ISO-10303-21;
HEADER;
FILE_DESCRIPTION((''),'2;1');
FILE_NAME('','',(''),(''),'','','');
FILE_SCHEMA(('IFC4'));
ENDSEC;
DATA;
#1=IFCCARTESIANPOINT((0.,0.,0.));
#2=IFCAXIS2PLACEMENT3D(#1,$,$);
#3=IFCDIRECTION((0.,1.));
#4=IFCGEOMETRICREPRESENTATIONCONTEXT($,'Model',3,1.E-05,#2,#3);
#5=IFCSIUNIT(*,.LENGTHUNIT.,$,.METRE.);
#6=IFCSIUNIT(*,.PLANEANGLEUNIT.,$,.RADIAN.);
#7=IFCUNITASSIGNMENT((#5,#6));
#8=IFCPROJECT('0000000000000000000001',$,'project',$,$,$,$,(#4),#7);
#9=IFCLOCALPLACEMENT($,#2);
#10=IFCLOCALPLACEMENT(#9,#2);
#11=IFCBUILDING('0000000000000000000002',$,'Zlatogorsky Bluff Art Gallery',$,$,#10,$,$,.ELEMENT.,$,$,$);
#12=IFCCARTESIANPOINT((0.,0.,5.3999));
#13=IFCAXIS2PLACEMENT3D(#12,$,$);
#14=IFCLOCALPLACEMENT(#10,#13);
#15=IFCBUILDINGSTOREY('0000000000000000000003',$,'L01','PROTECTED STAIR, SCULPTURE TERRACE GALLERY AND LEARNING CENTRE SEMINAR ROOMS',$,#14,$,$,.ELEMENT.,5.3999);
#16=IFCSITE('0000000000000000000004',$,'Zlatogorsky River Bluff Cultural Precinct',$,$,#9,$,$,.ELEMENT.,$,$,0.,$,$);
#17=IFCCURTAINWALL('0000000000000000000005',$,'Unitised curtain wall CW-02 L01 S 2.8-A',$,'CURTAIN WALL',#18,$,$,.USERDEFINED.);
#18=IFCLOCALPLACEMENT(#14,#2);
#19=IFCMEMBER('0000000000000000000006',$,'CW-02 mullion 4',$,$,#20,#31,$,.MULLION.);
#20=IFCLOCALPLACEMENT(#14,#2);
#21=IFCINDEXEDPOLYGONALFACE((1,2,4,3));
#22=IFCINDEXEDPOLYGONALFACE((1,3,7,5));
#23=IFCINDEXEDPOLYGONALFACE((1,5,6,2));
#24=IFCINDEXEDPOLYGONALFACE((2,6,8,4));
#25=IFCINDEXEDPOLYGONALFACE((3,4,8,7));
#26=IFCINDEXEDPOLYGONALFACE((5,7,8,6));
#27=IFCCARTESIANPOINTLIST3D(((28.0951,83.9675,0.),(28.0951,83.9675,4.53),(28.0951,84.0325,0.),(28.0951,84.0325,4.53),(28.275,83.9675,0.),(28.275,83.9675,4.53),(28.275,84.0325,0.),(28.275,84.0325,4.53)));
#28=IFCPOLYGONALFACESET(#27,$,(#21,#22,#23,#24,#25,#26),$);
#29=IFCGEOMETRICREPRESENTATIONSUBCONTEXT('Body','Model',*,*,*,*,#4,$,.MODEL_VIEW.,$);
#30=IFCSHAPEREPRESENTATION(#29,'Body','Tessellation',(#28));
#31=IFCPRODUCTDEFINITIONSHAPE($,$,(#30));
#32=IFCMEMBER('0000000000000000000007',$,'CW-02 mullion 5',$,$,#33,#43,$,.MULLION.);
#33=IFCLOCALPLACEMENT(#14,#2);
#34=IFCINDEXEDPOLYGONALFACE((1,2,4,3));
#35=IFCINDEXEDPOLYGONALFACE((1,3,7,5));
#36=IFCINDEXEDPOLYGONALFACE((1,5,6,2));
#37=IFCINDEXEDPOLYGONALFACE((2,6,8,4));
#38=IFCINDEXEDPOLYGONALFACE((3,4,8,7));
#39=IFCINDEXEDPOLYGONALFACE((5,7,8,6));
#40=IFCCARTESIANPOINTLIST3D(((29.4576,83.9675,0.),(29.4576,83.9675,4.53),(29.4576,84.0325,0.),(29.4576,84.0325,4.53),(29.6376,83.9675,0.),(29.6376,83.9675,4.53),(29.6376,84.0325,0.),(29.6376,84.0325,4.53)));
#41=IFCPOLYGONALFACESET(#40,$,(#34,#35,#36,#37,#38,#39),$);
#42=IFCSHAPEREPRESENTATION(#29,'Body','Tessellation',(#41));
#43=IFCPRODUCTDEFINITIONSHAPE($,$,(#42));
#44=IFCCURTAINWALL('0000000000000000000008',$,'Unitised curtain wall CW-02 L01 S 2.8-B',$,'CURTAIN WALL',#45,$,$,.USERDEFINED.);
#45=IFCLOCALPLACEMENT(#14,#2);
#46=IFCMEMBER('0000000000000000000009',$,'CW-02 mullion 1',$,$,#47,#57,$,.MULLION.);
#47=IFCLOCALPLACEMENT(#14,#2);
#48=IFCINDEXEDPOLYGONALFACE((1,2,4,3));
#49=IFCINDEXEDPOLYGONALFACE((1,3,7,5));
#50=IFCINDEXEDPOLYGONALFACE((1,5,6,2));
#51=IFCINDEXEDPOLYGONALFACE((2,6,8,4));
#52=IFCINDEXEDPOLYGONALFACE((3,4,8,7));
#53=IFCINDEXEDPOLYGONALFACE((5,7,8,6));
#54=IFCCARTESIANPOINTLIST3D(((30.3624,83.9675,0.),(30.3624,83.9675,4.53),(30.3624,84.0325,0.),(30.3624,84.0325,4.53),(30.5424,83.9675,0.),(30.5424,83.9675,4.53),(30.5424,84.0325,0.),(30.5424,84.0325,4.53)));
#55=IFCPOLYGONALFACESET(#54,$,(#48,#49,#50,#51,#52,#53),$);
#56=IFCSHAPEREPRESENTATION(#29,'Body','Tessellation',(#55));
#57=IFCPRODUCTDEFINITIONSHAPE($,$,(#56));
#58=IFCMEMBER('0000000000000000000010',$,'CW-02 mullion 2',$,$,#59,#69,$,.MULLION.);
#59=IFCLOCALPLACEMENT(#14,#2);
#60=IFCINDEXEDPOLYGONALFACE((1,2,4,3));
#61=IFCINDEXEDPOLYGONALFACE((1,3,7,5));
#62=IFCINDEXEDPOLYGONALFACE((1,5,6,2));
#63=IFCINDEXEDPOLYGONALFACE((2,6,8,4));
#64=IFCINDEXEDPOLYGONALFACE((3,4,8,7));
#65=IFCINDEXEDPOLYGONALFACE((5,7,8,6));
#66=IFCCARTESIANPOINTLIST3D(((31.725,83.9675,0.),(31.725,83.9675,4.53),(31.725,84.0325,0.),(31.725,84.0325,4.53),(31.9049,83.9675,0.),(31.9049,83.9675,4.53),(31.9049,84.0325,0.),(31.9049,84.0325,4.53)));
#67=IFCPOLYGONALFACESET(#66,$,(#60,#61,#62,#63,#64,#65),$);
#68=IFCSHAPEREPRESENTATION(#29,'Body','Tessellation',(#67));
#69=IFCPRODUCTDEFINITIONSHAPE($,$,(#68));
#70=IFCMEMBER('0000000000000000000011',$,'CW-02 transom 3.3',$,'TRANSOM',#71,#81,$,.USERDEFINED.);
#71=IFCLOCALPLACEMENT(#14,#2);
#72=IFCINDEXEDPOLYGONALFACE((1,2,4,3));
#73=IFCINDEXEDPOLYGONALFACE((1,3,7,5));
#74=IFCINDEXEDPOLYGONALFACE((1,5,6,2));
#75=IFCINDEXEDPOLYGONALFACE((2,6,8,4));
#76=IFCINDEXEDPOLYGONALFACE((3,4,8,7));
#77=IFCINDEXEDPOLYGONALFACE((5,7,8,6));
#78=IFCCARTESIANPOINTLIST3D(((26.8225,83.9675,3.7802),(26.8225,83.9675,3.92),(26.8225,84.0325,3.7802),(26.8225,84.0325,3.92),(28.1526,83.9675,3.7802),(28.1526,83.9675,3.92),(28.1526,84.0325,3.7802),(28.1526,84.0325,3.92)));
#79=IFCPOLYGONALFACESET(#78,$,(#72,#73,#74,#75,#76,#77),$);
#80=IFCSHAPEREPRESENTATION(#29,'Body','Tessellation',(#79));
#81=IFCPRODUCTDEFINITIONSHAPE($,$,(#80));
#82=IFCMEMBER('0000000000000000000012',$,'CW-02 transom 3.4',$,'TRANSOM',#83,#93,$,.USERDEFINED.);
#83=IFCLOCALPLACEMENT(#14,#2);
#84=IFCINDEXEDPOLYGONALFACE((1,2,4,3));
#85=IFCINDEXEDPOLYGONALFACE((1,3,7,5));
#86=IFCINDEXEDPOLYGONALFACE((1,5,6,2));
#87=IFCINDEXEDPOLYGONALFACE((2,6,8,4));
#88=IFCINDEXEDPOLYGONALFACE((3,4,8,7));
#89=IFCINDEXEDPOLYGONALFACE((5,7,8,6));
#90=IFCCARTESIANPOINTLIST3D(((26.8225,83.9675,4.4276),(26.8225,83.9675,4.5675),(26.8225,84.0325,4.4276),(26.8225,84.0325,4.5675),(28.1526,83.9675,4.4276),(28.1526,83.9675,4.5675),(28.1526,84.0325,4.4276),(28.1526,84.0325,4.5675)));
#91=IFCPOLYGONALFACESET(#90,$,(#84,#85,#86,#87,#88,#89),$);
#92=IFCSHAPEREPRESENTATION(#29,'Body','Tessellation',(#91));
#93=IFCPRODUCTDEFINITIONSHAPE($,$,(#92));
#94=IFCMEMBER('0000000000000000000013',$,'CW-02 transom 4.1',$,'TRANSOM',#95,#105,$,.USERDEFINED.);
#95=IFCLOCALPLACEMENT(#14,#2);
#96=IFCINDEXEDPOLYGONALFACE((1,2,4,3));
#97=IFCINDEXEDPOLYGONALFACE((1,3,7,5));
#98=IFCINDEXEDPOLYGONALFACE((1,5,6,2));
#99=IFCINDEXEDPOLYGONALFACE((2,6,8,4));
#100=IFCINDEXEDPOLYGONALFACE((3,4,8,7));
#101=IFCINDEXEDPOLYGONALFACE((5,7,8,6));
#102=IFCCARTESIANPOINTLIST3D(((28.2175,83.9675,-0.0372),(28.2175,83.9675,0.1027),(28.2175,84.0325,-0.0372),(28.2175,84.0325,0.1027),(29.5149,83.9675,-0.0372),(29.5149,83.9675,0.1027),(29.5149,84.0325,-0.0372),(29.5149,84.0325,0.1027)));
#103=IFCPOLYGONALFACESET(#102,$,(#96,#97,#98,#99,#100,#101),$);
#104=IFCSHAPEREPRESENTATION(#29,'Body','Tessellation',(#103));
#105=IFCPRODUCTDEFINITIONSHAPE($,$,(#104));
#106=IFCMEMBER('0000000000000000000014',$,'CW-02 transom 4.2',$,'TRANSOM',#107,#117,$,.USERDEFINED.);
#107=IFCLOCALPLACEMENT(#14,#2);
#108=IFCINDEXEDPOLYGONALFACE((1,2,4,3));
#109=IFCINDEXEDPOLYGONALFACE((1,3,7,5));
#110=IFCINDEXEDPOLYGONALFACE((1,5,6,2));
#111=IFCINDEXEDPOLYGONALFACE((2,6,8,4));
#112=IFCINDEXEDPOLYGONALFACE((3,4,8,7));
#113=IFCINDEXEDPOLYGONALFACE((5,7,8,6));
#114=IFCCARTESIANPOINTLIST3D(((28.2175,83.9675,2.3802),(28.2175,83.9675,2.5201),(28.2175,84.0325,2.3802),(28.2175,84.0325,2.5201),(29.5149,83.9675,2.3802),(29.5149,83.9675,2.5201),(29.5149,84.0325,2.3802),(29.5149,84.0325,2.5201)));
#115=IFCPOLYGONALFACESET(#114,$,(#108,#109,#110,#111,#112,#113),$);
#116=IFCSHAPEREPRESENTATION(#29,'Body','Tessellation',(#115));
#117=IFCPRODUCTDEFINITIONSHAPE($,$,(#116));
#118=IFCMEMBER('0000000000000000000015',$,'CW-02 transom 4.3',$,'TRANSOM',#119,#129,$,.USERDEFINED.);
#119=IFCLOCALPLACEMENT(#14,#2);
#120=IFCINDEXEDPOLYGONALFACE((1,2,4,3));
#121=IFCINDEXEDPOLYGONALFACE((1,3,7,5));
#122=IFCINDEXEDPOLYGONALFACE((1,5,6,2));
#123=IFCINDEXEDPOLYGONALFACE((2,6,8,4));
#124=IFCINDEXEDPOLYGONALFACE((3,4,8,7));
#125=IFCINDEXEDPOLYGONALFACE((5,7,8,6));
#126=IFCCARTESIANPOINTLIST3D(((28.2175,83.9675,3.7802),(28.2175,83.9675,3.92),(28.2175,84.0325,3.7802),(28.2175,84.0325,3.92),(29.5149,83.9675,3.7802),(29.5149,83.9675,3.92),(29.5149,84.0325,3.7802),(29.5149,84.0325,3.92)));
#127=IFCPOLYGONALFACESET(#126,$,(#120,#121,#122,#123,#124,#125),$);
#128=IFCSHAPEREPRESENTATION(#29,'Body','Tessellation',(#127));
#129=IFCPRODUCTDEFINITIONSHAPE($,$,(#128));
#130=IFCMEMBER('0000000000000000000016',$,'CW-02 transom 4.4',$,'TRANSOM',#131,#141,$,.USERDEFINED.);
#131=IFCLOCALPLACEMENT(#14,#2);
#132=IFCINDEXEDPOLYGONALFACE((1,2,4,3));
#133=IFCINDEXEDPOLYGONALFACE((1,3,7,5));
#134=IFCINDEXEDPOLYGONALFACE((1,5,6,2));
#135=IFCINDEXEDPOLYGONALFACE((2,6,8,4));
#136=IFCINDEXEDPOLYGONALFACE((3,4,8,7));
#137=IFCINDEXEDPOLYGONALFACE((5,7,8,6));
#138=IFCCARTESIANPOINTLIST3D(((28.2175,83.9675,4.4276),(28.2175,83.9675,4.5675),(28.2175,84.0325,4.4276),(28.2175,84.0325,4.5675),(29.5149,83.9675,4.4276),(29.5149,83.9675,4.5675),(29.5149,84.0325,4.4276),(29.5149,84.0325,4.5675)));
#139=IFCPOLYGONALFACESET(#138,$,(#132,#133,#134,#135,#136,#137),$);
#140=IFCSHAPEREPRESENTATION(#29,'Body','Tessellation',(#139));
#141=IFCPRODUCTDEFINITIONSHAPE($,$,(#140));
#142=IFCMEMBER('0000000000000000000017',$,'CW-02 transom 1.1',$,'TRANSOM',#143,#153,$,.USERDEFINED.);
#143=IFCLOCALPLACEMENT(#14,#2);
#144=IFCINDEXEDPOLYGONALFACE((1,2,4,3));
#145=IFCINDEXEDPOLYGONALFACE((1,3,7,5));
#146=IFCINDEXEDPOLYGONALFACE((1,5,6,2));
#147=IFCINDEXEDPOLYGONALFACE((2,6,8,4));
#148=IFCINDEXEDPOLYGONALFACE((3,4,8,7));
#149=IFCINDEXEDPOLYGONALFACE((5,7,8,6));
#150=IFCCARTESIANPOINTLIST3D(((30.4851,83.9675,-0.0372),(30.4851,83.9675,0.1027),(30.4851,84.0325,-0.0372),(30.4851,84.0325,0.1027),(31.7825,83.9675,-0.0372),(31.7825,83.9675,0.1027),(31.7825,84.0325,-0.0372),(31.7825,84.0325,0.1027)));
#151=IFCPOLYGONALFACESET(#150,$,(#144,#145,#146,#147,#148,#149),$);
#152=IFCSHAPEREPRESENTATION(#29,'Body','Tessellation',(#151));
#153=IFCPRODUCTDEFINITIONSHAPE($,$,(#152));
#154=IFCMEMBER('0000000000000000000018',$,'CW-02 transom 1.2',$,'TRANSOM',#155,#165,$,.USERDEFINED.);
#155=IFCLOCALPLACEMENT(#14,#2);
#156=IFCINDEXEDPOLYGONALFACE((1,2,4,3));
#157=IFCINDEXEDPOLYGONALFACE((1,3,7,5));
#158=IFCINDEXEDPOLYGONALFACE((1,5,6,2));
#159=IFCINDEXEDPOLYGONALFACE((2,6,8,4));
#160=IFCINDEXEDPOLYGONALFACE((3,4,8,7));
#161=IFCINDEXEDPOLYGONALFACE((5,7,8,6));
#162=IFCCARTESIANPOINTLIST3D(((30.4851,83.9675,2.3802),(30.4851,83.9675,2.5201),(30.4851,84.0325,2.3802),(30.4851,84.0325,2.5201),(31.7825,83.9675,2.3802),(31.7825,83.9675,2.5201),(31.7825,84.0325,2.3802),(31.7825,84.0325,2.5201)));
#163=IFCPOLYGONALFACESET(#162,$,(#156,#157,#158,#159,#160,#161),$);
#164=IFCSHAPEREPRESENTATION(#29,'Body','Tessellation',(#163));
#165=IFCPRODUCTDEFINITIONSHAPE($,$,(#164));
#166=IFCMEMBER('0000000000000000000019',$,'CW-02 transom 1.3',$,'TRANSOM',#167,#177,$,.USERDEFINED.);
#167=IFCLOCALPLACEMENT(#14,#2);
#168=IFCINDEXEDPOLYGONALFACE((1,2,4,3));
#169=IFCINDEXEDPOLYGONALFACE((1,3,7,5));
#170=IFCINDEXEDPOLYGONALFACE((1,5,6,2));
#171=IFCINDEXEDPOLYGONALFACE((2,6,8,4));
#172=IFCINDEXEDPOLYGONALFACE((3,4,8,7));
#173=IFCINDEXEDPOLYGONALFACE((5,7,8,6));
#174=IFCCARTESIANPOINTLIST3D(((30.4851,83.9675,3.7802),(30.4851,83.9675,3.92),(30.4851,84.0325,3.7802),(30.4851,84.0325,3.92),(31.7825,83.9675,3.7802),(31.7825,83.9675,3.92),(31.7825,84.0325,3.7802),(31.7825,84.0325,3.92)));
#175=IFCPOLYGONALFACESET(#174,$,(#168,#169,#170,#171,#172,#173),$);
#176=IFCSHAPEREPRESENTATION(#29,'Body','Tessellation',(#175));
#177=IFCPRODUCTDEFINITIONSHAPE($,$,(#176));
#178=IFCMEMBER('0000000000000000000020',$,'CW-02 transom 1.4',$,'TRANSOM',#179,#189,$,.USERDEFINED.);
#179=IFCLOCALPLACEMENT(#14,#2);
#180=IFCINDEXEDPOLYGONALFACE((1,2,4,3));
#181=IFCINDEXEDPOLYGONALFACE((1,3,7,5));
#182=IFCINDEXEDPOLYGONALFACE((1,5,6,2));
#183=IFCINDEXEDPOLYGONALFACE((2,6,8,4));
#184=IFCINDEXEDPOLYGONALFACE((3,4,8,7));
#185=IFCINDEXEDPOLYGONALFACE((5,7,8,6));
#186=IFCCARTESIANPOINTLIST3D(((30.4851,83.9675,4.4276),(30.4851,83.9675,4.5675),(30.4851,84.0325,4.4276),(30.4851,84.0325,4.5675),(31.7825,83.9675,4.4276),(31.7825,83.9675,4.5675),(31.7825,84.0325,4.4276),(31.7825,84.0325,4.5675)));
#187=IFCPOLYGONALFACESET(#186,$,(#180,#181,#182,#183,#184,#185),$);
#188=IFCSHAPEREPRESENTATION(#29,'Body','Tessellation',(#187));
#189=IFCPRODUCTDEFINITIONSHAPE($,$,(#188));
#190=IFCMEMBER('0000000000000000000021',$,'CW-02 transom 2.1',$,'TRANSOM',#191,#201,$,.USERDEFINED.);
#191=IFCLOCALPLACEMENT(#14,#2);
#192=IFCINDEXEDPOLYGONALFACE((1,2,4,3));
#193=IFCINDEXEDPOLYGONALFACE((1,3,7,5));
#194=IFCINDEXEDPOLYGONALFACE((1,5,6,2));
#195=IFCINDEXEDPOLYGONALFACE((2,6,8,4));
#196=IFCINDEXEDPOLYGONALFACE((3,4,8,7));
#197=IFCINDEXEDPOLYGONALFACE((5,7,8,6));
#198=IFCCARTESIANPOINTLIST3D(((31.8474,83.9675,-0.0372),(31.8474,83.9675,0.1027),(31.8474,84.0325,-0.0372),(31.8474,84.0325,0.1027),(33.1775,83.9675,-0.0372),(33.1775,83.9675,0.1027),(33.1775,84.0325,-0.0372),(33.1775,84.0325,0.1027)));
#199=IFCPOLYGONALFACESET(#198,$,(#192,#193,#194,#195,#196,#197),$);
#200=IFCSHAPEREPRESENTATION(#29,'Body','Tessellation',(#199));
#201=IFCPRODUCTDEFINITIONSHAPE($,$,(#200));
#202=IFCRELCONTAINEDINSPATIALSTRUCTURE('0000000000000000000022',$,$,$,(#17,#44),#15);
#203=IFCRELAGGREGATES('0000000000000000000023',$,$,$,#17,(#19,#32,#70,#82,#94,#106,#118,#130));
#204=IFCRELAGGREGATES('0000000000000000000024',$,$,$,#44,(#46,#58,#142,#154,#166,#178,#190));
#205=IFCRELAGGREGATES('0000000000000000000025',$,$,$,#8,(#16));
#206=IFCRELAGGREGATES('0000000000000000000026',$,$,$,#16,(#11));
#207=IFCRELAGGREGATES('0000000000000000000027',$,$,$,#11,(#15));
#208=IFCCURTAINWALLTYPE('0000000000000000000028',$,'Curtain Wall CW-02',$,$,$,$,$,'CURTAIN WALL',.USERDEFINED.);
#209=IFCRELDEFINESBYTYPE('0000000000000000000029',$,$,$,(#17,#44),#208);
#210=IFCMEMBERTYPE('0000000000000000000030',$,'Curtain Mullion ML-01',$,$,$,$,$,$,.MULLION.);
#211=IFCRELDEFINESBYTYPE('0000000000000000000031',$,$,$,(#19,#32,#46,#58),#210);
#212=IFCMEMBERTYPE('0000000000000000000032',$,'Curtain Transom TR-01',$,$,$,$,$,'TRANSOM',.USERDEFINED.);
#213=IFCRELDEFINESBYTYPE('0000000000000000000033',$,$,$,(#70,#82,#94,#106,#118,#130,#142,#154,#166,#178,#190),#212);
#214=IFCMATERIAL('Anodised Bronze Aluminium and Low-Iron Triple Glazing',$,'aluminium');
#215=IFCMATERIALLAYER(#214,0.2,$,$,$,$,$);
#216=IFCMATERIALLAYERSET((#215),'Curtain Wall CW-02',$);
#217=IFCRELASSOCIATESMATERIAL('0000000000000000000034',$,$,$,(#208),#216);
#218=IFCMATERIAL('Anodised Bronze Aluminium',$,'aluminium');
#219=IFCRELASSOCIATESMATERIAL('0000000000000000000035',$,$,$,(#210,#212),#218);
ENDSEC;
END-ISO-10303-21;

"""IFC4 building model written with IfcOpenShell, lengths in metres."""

from ifc_helpers import new_model, si_unit, direction, frame, origin, origin_2d, place, context, subcontext, project, spatial, rectangle, extrude, material, layer, layer_set, material_profile, profile_set, type_object, element, aggregate, save


model = new_model("IFC4")

# Units and contexts
model_context = context("Model", 3, precision=1e-05, world=origin(), true_north=direction((0.0, 1.0)))
body_context = subcontext(model_context, "Body", "Model", "MODEL_VIEW")
ifc_project = project(units=[si_unit("LENGTHUNIT", "METRE"), si_unit("PLANEANGLEUNIT", "RADIAN")], contexts=[model_context])

# Site, building, storey
site_placement = place(None, origin())
site = spatial("IfcSite", under=ifc_project, at=site_placement, Name="Zlatogorsky River Bluff Cultural Precinct", CompositionType="ELEMENT", RefElevation=0.0)
building_placement = place(site_placement, origin())
building = spatial("IfcBuilding", under=site, at=building_placement, Name="Zlatogorsky Bluff Art Gallery", CompositionType="ELEMENT")
storey_placement = place(building_placement, frame((0.0, 0.0, 5.3999)))
storey = spatial("IfcBuildingStorey", under=building, at=storey_placement, Name="L01", Description="PROTECTED STAIR, SCULPTURE TERRACE GALLERY AND LEARNING CENTRE SEMINAR ROOMS", CompositionType="ELEMENT", Elevation=5.3999)

# Curtain walls, members
ifc_material_1 = material(Name="Anodised Bronze Aluminium and Low-Iron Triple Glazing", Category="aluminium")
ifc_layer_1 = layer(ifc_material_1, 0.2)
ifc_layer_set_1 = layer_set([ifc_layer_1], Name="Curtain Wall CW-02")
curtain_wall_type = type_object("IfcCurtainWallType", Name="Curtain Wall CW-02", ElementType="CURTAIN WALL", PredefinedType="USERDEFINED", material=ifc_layer_set_1)
curtain_wall_1_placement = place(storey_placement, origin())
curtain_wall_1 = element("IfcCurtainWall", 1, at=curtain_wall_1_placement, inside=storey, type_object=curtain_wall_type, Name="Unitised curtain wall CW-02 L01 S 2.8-A", ObjectType="CURTAIN WALL", PredefinedType="USERDEFINED")
ifc_material_2 = material(Name="Anodised Bronze Aluminium", Category="aluminium")
ifc_material_profile_1 = material_profile(ifc_material_2, rectangle(XDim=0.0649, YDim=0.1799, at=origin_2d()), Name="ALU MULLION 65x180")
ifc_profile_set_1 = profile_set([ifc_material_profile_1], Name="Anodised Bronze Aluminium")
member_type_1 = type_object("IfcMemberType", Name="Curtain Mullion ML-01", PredefinedType="MULLION", material=ifc_profile_set_1)
member_1_placement = place(storey_placement, frame((28.1851, 84.0, 0.0), z_axis=(0.0, 0.0, 1.0), x_axis=(0.0, 1.0, 0.0)))
member_1 = element("IfcMember", 2, at=member_1_placement, type_object=member_type_1, Name="CW-02 mullion 4", PredefinedType="MULLION", context=body_context, shape_type="SweptSolid", body=[
    extrude(rectangle(XDim=0.0649, YDim=0.1799, at=origin_2d()), origin(), (0.0, 0.0, 1.0), 4.53),
])
member_2_placement = place(storey_placement, frame((29.5476, 84.0, 0.0), z_axis=(0.0, 0.0, 1.0), x_axis=(0.0, 1.0, 0.0)))
member_2 = element("IfcMember", 3, at=member_2_placement, type_object=member_type_1, Name="CW-02 mullion 5", PredefinedType="MULLION", context=body_context, shape_type="SweptSolid", body=[
    extrude(rectangle(XDim=0.0649, YDim=0.1799, at=origin_2d()), origin(), (0.0, 0.0, 1.0), 4.53),
])
curtain_wall_2_placement = place(storey_placement, origin())
curtain_wall_2 = element("IfcCurtainWall", 4, at=curtain_wall_2_placement, inside=storey, type_object=curtain_wall_type, Name="Unitised curtain wall CW-02 L01 S 2.8-B", ObjectType="CURTAIN WALL", PredefinedType="USERDEFINED")
member_3_placement = place(storey_placement, frame((30.4524, 84.0, 0.0), z_axis=(0.0, 0.0, 1.0), x_axis=(0.0, 1.0, 0.0)))
member_3 = element("IfcMember", 5, at=member_3_placement, type_object=member_type_1, Name="CW-02 mullion 1", PredefinedType="MULLION", context=body_context, shape_type="SweptSolid", body=[
    extrude(rectangle(XDim=0.0649, YDim=0.1799, at=origin_2d()), origin(), (0.0, 0.0, 1.0), 4.53),
])
member_4_placement = place(storey_placement, frame((31.8149, 84.0, 0.0), z_axis=(0.0, 0.0, 1.0), x_axis=(0.0, 1.0, 0.0)))
member_4 = element("IfcMember", 6, at=member_4_placement, type_object=member_type_1, Name="CW-02 mullion 2", PredefinedType="MULLION", context=body_context, shape_type="SweptSolid", body=[
    extrude(rectangle(XDim=0.0649, YDim=0.1799, at=origin_2d()), origin(), (0.0, 0.0, 1.0), 4.53),
])

# Members
ifc_material_profile_2 = material_profile(ifc_material_2, rectangle(XDim=0.0649, YDim=0.1399, at=origin_2d()), Name="ALU TRANSOM 65x140")
ifc_profile_set_2 = profile_set([ifc_material_profile_2], Name="Anodised Bronze Aluminium")
member_type_2 = type_object("IfcMemberType", Name="Curtain Transom TR-01", ElementType="TRANSOM", PredefinedType="USERDEFINED", material=ifc_profile_set_2)
member_5_placement = place(storey_placement, frame((26.8225, 84.0, 3.8501), z_axis=(1.0, 0.0, 0.0), x_axis=(0.0, 1.0, 0.0)))
member_5 = element("IfcMember", 7, at=member_5_placement, type_object=member_type_2, Name="CW-02 transom 3.3", ObjectType="TRANSOM", PredefinedType="USERDEFINED", context=body_context, shape_type="SweptSolid", body=[
    extrude(rectangle(XDim=0.0649, YDim=0.1399, at=origin_2d()), origin(), (0.0, 0.0, 1.0), 1.3301),
])
member_6_placement = place(storey_placement, frame((26.8225, 84.0, 4.4976), z_axis=(1.0, 0.0, 0.0), x_axis=(0.0, 1.0, 0.0)))
member_6 = element("IfcMember", 8, at=member_6_placement, type_object=member_type_2, Name="CW-02 transom 3.4", ObjectType="TRANSOM", PredefinedType="USERDEFINED", context=body_context, shape_type="SweptSolid", body=[
    extrude(rectangle(XDim=0.0649, YDim=0.1399, at=origin_2d()), origin(), (0.0, 0.0, 1.0), 1.3301),
])
member_7_placement = place(storey_placement, frame((28.2175, 84.0, 0.0327), z_axis=(1.0, 0.0, 0.0), x_axis=(0.0, 1.0, 0.0)))
member_7 = element("IfcMember", 9, at=member_7_placement, type_object=member_type_2, Name="CW-02 transom 4.1", ObjectType="TRANSOM", PredefinedType="USERDEFINED", context=body_context, shape_type="SweptSolid", body=[
    extrude(rectangle(XDim=0.0649, YDim=0.1399, at=origin_2d()), origin(), (0.0, 0.0, 1.0), 1.2974),
])
member_8_placement = place(storey_placement, frame((28.2175, 84.0, 2.4502), z_axis=(1.0, 0.0, 0.0), x_axis=(0.0, 1.0, 0.0)))
member_8 = element("IfcMember", 10, at=member_8_placement, type_object=member_type_2, Name="CW-02 transom 4.2", ObjectType="TRANSOM", PredefinedType="USERDEFINED", context=body_context, shape_type="SweptSolid", body=[
    extrude(rectangle(XDim=0.0649, YDim=0.1399, at=origin_2d()), origin(), (0.0, 0.0, 1.0), 1.2974),
])
member_9_placement = place(storey_placement, frame((28.2175, 84.0, 3.8501), z_axis=(1.0, 0.0, 0.0), x_axis=(0.0, 1.0, 0.0)))
member_9 = element("IfcMember", 11, at=member_9_placement, type_object=member_type_2, Name="CW-02 transom 4.3", ObjectType="TRANSOM", PredefinedType="USERDEFINED", context=body_context, shape_type="SweptSolid", body=[
    extrude(rectangle(XDim=0.0649, YDim=0.1399, at=origin_2d()), origin(), (0.0, 0.0, 1.0), 1.2974),
])
member_10_placement = place(storey_placement, frame((28.2175, 84.0, 4.4976), z_axis=(1.0, 0.0, 0.0), x_axis=(0.0, 1.0, 0.0)))
member_10 = element("IfcMember", 12, at=member_10_placement, type_object=member_type_2, Name="CW-02 transom 4.4", ObjectType="TRANSOM", PredefinedType="USERDEFINED", context=body_context, shape_type="SweptSolid", body=[
    extrude(rectangle(XDim=0.0649, YDim=0.1399, at=origin_2d()), origin(), (0.0, 0.0, 1.0), 1.2974),
])
member_11_placement = place(storey_placement, frame((30.4851, 84.0, 0.0327), z_axis=(1.0, 0.0, 0.0), x_axis=(0.0, 1.0, 0.0)))
member_11 = element("IfcMember", 13, at=member_11_placement, type_object=member_type_2, Name="CW-02 transom 1.1", ObjectType="TRANSOM", PredefinedType="USERDEFINED", context=body_context, shape_type="SweptSolid", body=[
    extrude(rectangle(XDim=0.0649, YDim=0.1399, at=origin_2d()), origin(), (0.0, 0.0, 1.0), 1.2974),
])
member_12_placement = place(storey_placement, frame((30.4851, 84.0, 2.4502), z_axis=(1.0, 0.0, 0.0), x_axis=(0.0, 1.0, 0.0)))
member_12 = element("IfcMember", 14, at=member_12_placement, type_object=member_type_2, Name="CW-02 transom 1.2", ObjectType="TRANSOM", PredefinedType="USERDEFINED", context=body_context, shape_type="SweptSolid", body=[
    extrude(rectangle(XDim=0.0649, YDim=0.1399, at=origin_2d()), origin(), (0.0, 0.0, 1.0), 1.2974),
])
member_13_placement = place(storey_placement, frame((30.4851, 84.0, 3.8501), z_axis=(1.0, 0.0, 0.0), x_axis=(0.0, 1.0, 0.0)))
member_13 = element("IfcMember", 15, at=member_13_placement, type_object=member_type_2, Name="CW-02 transom 1.3", ObjectType="TRANSOM", PredefinedType="USERDEFINED", context=body_context, shape_type="SweptSolid", body=[
    extrude(rectangle(XDim=0.0649, YDim=0.1399, at=origin_2d()), origin(), (0.0, 0.0, 1.0), 1.2974),
])
member_14_placement = place(storey_placement, frame((30.4851, 84.0, 4.4976), z_axis=(1.0, 0.0, 0.0), x_axis=(0.0, 1.0, 0.0)))
member_14 = element("IfcMember", 16, at=member_14_placement, type_object=member_type_2, Name="CW-02 transom 1.4", ObjectType="TRANSOM", PredefinedType="USERDEFINED", context=body_context, shape_type="SweptSolid", body=[
    extrude(rectangle(XDim=0.0649, YDim=0.1399, at=origin_2d()), origin(), (0.0, 0.0, 1.0), 1.2974),
])
member_15_placement = place(storey_placement, frame((31.8474, 84.0, 0.0327), z_axis=(1.0, 0.0, 0.0), x_axis=(0.0, 1.0, 0.0)))
member_15 = element("IfcMember", 17, at=member_15_placement, type_object=member_type_2, Name="CW-02 transom 2.1", ObjectType="TRANSOM", PredefinedType="USERDEFINED", context=body_context, shape_type="SweptSolid", body=[
    extrude(rectangle(XDim=0.0649, YDim=0.1399, at=origin_2d()), origin(), (0.0, 0.0, 1.0), 1.3301),
])

aggregate(curtain_wall_1, [member_1, member_2, member_5, member_6, member_7, member_8, member_9, member_10])
aggregate(curtain_wall_2, [member_3, member_4, member_11, member_12, member_13, member_14, member_15])

save(model, "model.ifc")
